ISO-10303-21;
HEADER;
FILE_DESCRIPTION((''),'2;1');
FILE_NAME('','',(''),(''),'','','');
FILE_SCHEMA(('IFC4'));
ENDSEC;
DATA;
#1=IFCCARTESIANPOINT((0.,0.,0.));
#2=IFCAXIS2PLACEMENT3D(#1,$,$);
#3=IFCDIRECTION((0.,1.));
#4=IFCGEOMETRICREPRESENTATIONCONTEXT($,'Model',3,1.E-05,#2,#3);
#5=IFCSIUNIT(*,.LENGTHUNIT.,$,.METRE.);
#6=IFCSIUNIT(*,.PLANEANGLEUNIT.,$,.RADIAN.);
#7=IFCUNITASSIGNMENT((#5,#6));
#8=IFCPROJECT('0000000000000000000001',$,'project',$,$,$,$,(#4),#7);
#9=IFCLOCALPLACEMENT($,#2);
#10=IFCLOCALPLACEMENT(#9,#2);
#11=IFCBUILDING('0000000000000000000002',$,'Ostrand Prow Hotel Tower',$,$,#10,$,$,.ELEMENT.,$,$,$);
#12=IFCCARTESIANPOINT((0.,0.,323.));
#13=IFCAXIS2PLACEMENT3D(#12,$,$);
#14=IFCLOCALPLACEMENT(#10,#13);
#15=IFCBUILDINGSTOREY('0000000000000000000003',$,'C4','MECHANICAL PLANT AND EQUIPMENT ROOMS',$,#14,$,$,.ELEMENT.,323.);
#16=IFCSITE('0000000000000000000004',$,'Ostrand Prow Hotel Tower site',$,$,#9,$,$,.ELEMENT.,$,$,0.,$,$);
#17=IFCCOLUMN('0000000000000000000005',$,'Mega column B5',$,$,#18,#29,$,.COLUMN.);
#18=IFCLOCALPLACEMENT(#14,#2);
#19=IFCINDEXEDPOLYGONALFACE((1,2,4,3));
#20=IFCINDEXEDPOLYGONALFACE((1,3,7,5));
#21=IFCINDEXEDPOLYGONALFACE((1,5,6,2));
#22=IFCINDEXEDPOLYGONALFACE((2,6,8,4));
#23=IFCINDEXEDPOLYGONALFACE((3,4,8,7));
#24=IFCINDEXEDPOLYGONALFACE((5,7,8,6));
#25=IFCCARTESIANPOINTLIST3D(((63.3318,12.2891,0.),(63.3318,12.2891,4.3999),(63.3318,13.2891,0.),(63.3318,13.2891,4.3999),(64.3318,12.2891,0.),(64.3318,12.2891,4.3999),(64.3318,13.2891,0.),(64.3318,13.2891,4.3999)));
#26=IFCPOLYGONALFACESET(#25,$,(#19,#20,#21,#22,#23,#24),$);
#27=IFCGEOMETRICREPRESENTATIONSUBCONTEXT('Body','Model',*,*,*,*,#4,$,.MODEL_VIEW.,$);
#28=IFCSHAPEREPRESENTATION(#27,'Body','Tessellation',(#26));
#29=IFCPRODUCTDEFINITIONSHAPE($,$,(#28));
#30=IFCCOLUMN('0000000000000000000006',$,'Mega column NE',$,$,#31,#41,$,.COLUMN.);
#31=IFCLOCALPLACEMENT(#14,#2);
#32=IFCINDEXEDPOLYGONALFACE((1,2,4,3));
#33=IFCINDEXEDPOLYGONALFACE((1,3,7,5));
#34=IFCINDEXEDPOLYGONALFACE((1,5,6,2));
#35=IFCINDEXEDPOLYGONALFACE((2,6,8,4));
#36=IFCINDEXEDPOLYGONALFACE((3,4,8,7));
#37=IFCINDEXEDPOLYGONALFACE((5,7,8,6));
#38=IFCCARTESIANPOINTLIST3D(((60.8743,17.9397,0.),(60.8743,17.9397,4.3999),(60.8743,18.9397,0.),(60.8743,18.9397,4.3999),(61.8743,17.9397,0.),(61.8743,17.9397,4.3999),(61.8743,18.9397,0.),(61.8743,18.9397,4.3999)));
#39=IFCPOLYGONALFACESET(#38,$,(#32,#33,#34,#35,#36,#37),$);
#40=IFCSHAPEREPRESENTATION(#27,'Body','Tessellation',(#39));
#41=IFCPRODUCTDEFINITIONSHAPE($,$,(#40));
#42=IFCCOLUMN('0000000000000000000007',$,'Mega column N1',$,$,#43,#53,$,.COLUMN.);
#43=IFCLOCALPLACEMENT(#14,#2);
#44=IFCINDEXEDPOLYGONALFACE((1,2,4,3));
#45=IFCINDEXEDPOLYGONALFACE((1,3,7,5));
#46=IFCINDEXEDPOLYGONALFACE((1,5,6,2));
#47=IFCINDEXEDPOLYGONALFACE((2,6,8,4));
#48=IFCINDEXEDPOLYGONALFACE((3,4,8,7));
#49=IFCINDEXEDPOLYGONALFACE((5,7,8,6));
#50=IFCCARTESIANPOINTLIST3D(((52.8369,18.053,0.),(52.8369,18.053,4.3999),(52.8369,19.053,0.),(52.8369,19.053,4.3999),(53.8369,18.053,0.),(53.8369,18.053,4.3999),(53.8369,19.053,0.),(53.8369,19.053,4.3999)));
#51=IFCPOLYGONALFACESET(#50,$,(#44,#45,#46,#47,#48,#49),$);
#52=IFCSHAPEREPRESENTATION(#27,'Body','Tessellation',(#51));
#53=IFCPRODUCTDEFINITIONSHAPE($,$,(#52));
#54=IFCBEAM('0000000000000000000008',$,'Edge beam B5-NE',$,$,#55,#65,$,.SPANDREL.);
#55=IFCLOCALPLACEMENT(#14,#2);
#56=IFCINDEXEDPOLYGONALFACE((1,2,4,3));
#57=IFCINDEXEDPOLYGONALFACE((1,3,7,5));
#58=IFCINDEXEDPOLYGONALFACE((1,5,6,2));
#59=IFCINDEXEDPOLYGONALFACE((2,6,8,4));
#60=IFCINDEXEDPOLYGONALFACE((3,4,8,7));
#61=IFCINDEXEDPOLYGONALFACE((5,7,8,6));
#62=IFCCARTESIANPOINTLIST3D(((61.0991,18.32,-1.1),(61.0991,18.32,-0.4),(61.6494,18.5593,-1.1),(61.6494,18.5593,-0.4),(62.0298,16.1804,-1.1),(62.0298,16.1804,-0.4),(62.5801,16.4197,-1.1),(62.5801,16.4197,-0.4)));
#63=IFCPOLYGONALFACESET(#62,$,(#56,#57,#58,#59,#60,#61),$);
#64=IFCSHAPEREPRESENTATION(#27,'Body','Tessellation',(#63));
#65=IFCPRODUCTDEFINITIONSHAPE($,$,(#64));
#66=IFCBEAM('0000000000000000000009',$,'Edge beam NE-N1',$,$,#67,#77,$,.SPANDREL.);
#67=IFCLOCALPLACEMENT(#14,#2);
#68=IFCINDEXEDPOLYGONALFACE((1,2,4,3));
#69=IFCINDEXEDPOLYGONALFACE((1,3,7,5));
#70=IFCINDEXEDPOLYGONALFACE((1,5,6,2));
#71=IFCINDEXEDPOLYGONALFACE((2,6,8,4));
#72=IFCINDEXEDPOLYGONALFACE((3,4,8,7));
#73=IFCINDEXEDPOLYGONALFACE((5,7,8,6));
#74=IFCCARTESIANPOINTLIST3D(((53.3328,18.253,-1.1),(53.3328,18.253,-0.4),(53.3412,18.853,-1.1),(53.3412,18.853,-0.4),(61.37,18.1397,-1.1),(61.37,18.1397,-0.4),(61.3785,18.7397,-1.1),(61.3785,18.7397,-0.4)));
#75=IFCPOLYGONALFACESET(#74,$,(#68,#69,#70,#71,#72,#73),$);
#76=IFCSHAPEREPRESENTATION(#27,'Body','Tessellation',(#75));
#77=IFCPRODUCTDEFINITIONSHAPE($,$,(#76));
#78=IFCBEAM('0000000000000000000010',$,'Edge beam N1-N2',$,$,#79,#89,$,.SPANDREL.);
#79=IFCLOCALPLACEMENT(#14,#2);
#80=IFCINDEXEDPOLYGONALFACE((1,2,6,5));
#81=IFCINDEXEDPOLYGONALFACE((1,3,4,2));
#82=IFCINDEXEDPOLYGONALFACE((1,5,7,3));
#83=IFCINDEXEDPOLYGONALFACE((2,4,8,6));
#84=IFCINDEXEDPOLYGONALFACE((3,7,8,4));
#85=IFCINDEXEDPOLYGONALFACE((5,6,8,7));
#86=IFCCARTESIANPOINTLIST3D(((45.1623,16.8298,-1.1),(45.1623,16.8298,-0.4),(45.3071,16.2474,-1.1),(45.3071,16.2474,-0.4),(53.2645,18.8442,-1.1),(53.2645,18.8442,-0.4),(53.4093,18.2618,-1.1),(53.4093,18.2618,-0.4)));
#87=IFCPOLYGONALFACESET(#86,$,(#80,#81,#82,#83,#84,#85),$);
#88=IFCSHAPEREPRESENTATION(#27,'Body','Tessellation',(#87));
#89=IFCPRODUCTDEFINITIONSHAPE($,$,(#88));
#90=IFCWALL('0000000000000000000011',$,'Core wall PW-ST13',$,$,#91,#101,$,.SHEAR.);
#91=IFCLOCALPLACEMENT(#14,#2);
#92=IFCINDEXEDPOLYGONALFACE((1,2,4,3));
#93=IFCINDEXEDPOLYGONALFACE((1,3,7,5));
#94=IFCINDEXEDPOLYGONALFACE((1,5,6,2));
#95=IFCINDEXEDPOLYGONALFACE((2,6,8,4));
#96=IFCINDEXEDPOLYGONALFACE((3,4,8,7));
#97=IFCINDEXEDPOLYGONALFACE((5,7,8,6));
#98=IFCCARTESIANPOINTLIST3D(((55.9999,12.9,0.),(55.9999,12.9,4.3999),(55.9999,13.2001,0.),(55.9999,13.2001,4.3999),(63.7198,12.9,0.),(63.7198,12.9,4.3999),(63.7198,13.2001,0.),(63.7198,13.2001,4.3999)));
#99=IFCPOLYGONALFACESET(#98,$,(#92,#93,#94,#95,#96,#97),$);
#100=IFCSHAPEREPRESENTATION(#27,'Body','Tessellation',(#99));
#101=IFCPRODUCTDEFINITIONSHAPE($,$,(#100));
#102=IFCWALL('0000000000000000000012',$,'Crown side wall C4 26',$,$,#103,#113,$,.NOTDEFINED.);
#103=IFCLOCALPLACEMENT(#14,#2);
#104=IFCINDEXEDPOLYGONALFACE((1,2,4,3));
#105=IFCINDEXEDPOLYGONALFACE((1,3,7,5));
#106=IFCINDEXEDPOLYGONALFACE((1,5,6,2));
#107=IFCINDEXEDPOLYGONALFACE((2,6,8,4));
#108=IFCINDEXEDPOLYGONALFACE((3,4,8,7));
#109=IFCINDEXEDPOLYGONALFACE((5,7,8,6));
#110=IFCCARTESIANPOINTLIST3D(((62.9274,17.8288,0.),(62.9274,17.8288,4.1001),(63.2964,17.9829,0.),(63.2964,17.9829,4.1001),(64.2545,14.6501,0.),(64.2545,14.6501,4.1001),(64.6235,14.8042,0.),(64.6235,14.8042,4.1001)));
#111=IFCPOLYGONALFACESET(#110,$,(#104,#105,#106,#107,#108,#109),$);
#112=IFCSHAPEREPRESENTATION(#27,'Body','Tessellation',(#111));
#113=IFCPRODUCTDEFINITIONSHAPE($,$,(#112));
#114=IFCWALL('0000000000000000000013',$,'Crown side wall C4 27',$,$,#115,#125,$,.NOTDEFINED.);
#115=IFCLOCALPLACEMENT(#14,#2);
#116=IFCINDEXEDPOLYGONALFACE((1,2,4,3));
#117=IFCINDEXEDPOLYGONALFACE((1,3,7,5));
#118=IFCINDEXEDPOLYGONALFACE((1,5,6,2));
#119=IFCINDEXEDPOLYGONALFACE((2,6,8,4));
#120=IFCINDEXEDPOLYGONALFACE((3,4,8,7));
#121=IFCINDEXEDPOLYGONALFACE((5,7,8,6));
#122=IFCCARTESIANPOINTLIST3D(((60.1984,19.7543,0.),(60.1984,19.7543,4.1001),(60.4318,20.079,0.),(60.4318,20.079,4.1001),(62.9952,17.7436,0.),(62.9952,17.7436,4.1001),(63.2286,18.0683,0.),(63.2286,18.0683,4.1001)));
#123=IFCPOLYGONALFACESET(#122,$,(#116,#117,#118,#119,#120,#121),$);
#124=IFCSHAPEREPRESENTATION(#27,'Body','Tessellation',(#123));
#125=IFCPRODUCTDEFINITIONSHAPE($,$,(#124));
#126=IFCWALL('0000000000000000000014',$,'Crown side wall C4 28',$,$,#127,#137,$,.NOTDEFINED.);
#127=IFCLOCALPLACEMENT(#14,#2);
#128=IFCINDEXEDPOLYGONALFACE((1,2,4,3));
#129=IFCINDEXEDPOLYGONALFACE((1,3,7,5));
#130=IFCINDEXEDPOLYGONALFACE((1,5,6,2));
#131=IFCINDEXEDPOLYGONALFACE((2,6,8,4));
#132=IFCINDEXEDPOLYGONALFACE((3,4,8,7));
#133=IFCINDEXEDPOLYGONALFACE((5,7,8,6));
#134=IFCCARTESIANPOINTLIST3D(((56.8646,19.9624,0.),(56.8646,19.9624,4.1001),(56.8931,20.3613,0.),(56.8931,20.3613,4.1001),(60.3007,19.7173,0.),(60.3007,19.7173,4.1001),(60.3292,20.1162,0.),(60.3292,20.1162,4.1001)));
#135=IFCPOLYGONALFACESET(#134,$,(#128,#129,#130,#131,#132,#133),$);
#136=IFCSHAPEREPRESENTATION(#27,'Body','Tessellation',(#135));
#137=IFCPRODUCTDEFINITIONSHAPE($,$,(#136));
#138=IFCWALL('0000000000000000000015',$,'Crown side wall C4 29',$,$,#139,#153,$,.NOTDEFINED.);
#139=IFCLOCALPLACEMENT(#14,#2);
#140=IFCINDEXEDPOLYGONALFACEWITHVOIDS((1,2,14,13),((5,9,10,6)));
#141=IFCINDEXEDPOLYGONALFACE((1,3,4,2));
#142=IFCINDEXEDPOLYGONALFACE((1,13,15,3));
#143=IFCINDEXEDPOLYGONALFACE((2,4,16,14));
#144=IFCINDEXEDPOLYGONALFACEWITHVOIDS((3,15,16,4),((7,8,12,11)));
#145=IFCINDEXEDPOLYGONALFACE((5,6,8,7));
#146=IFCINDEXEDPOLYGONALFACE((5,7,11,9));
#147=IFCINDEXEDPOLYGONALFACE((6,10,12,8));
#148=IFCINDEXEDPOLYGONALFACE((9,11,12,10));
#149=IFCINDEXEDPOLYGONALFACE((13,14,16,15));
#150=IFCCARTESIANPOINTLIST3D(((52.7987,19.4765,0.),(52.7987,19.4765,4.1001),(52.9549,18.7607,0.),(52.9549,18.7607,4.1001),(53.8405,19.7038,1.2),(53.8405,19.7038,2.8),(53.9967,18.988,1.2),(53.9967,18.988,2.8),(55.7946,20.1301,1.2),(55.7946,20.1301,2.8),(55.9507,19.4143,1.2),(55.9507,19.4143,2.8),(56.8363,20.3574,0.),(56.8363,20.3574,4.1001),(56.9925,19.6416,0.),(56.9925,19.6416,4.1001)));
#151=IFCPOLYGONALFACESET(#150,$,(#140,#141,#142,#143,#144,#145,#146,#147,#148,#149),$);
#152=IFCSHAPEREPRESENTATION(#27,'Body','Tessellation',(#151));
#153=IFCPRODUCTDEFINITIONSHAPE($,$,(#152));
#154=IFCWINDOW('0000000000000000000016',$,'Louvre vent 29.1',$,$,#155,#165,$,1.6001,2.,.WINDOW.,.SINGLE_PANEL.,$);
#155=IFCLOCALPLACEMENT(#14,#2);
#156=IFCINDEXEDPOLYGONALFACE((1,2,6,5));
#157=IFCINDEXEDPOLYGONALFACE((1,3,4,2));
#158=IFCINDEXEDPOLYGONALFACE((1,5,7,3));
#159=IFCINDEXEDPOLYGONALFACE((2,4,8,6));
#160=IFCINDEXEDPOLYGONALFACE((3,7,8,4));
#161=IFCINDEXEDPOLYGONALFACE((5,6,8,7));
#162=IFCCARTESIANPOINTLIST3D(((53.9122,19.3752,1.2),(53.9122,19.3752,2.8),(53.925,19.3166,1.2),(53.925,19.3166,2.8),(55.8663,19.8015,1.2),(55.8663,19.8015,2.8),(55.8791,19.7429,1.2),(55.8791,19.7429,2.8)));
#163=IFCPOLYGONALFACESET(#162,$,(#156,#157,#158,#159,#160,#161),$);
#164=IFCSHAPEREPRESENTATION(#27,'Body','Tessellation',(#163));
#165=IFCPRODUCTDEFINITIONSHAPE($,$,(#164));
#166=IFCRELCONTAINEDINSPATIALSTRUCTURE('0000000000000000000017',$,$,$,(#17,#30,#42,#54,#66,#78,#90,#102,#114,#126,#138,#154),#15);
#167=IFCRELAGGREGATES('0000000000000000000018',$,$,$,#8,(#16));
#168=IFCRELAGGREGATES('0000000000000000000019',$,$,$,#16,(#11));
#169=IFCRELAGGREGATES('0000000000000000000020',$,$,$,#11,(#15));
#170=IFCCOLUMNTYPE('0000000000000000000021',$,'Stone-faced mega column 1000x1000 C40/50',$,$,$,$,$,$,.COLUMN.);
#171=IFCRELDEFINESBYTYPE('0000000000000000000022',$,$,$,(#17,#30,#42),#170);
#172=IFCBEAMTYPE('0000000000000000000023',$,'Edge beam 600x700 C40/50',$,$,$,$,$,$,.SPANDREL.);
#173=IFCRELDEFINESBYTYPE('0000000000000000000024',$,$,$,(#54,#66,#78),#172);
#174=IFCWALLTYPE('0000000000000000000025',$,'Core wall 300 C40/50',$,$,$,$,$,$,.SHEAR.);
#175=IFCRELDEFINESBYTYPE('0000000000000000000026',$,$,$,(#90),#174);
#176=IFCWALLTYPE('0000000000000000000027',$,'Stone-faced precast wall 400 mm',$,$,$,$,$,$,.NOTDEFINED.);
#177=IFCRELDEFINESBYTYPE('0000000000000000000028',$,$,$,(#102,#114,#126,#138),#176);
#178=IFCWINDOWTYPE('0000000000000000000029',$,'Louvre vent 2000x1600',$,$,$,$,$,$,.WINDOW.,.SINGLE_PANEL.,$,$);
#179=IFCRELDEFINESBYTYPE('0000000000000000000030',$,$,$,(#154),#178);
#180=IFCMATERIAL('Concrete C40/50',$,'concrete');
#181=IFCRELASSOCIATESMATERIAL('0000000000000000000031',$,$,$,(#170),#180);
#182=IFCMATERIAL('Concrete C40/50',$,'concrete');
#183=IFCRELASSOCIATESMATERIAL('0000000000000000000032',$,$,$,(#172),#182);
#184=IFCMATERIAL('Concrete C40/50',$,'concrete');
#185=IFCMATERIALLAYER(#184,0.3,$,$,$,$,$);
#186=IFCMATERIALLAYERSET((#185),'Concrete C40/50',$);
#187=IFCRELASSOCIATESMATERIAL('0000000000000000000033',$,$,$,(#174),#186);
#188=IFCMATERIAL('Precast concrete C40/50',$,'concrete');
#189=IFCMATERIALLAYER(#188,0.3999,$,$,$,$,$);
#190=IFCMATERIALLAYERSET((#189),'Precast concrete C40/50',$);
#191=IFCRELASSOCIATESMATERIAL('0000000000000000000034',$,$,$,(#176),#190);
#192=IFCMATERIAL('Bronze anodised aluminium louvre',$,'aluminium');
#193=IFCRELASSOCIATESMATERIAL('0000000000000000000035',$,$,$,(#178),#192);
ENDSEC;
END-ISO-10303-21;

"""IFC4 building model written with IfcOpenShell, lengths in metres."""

from ifc_helpers import new_model, si_unit, direction, frame, frame_2d, origin, origin_2d, place, context, subcontext, project, spatial, rectangle, extrude, material, layer, layer_set, material_profile, profile_set, type_object, element, fill, save


model = new_model("IFC4")

# Units and contexts
model_context = context("Model", 3, precision=1e-05, world=origin(), true_north=direction((0.0, 1.0)))
body_context = subcontext(model_context, "Body", "Model", "MODEL_VIEW")
ifc_project = project(units=[si_unit("LENGTHUNIT", "METRE"), si_unit("PLANEANGLEUNIT", "RADIAN")], contexts=[model_context])

# Site, building, storey
site_placement = place(None, origin())
site = spatial("IfcSite", under=ifc_project, at=site_placement, Name="Ostrand Prow Hotel Tower site", CompositionType="ELEMENT", RefElevation=0.0)
building_placement = place(site_placement, origin())
building = spatial("IfcBuilding", under=site, at=building_placement, Name="Ostrand Prow Hotel Tower", CompositionType="ELEMENT")
storey_placement = place(building_placement, frame((0.0, 0.0, 323.0)))
storey = spatial("IfcBuildingStorey", under=building, at=storey_placement, Name="C4", Description="MECHANICAL PLANT AND EQUIPMENT ROOMS", CompositionType="ELEMENT", Elevation=323.0)

# Columns
ifc_material_1 = material(Name="Concrete C40/50", Category="concrete")
ifc_material_profile_1 = material_profile(ifc_material_1, rectangle(XDim=1.0, YDim=1.0, at=origin_2d()), Name="RC 1000x1000")
ifc_profile_set_1 = profile_set([ifc_material_profile_1], Name="Concrete C40/50")
column_type = type_object("IfcColumnType", Name="Stone-faced mega column 1000x1000 C40/50", PredefinedType="COLUMN", material=ifc_profile_set_1)
for number, where, z_axis, x_axis, name in (
    (1, (63.8318, 12.7891, 0.0), (0.0, 0.0, 1.0), (1.0, 0.0, 0.0), "Mega column B5"),
    (2, (61.3743, 18.4397, 0.0), (0.0, 0.0, 1.0), (1.0, 0.0, 0.0), "Mega column NE"),
    (3, (53.3369, 18.553, 0.0), (0.0, 0.0, 1.0), (1.0, 0.0, 0.0), "Mega column N1"),
):
    element("IfcColumn", number, at=place(storey_placement, frame(where, z_axis=z_axis, x_axis=x_axis)), inside=storey, type_object=column_type, Name=name, PredefinedType="COLUMN", context=body_context, shape_type="SweptSolid", body=[
        extrude(rectangle(XDim=1.0, YDim=1.0, at=origin_2d()), origin(), (0.0, 0.0, 1.0), 4.3999),
    ])

# Beams
ifc_material_2 = material(Name="Concrete C40/50", Category="concrete")
ifc_material_profile_2 = material_profile(ifc_material_2, rectangle(XDim=0.6001, YDim=0.7, at=origin_2d()), Name="RC 600x700")
ifc_profile_set_2 = profile_set([ifc_material_profile_2], Name="Concrete C40/50")
beam_type = type_object("IfcBeamType", Name="Edge beam 600x700 C40/50", PredefinedType="SPANDREL", material=ifc_profile_set_2)
beam_1_placement = place(storey_placement, frame((62.3049, 16.3, -0.75), z_axis=(-0.398864, 0.91701, 0.0), x_axis=(-0.91701, -0.398864, 0.0)))
element("IfcBeam", 4, at=beam_1_placement, inside=storey, type_object=beam_type, Name="Edge beam B5-NE", PredefinedType="SPANDREL", context=body_context, shape_type="SweptSolid", body=[
    extrude(rectangle(XDim=0.6001, YDim=0.7, at=origin_2d()), origin(), (0.0, 0.0, 1.0), 2.3333),
])
beam_2_placement = place(storey_placement, frame((61.3743, 18.4397, -0.75), z_axis=(-0.999901, 0.014093, 0.0), x_axis=(-0.014093, -0.999901, 0.0)))
element("IfcBeam", 5, at=beam_2_placement, inside=storey, type_object=beam_type, Name="Edge beam NE-N1", PredefinedType="SPANDREL", context=body_context, shape_type="SweptSolid", body=[
    extrude(rectangle(XDim=0.6001, YDim=0.7, at=origin_2d()), origin(), (0.0, 0.0, 1.0), 8.0381),
])
beam_3_placement = place(storey_placement, frame((53.3369, 18.553, -0.75), z_axis=(-0.970456, -0.241276, 0.0), x_axis=(0.241276, -0.970456, 0.0)))
element("IfcBeam", 6, at=beam_3_placement, inside=storey, type_object=beam_type, Name="Edge beam N1-N2", PredefinedType="SPANDREL", context=body_context, shape_type="SweptSolid", body=[
    extrude(rectangle(XDim=0.6001, YDim=0.7, at=origin_2d()), origin(), (0.0, 0.0, 1.0), 8.3489),
])

# Walls
ifc_material_3 = material(Name="Concrete C40/50", Category="concrete")
ifc_layer_1 = layer(ifc_material_3, 0.3)
ifc_layer_set_1 = layer_set([ifc_layer_1], Name="Concrete C40/50")
wall_type_1 = type_object("IfcWallType", Name="Core wall 300 C40/50", PredefinedType="SHEAR", material=ifc_layer_set_1)
wall_1_placement = place(storey_placement, frame((56.0, 13.05, 0.0), z_axis=(0.0, 0.0, 1.0), x_axis=(1.0, 0.0, 0.0)))
element("IfcWall", 7, at=wall_1_placement, inside=storey, type_object=wall_type_1, Name="Core wall PW-ST13", PredefinedType="SHEAR", context=body_context, shape_type="SweptSolid", body=[
    extrude(rectangle(XDim=7.72, YDim=0.3, at=frame_2d((3.8599, 0.0))), origin(), (0.0, 0.0, 1.0), 4.3999),
])
ifc_material_4 = material(Name="Precast concrete C40/50", Category="concrete")
ifc_layer_2 = layer(ifc_material_4, 0.3999)
ifc_layer_set_2 = layer_set([ifc_layer_2], Name="Precast concrete C40/50")
wall_type_2 = type_object("IfcWallType", Name="Stone-faced precast wall 400 mm", PredefinedType="NOTDEFINED", material=ifc_layer_set_2)
for number, where, z_axis, x_axis, name in (
    (8, (64.439, 14.7273, 0.0), (0.0, 0.0, 1.0), (-0.38528, 0.9228, 0.0), "Crown side wall C4 26"),
    (9, (63.1118, 17.906, 0.0), (0.0, 0.0, 1.0), (-0.811948, 0.58373, 0.0), "Crown side wall C4 27"),
):
    element("IfcWall", number, at=place(storey_placement, frame(where, z_axis=z_axis, x_axis=x_axis)), inside=storey, type_object=wall_type_2, Name=name, PredefinedType="NOTDEFINED", context=body_context, shape_type="SweptSolid", body=[
        extrude(rectangle(XDim=3.4446, YDim=0.3999, at=frame_2d((1.7222, 0.0))), origin(), (0.0, 0.0, 1.0), 4.1001),
    ])
wall_2_placement = place(storey_placement, frame((60.3149, 19.9167, 0.0), z_axis=(0.0, 0.0, 1.0), x_axis=(-0.997465, 0.071156, 0.0)))
element("IfcWall", 10, at=wall_2_placement, inside=storey, type_object=wall_type_2, Name="Crown side wall C4 28", PredefinedType="NOTDEFINED", context=body_context, shape_type="SweptSolid", body=[
    extrude(rectangle(XDim=3.4448, YDim=0.3999, at=frame_2d((1.7224, 0.0))), origin(), (0.0, 0.0, 1.0), 4.1001),
])

# Wall, opening, window
wall_3_placement = place(storey_placement, frame((56.9146, 19.9995, 0.0), z_axis=(0.0, 0.0, 1.0), x_axis=(-0.977019, -0.213151, 0.0)))
wall_3 = element("IfcWall", 11, at=wall_3_placement, inside=storey, type_object=wall_type_2, Name="Crown side wall C4 29", PredefinedType="NOTDEFINED", context=body_context, shape_type="SweptSolid", body=[
    extrude(rectangle(XDim=4.1326, YDim=0.7327, at=frame_2d((2.0664, 0.0))), origin(), (0.0, 0.0, 1.0), 4.1001),
])
opening_1_placement = place(wall_3_placement, frame((1.0664, 0.0, 1.2)))
opening_1 = element("IfcOpeningElement", 12, at=opening_1_placement, cuts=wall_3, PredefinedType="OPENING", context=body_context, shape_type="SweptSolid", body=[
    extrude(rectangle(XDim=2.0, YDim=1.6001, at=frame_2d((1.0, 0.8))), frame((0.0, 0.3762, 0.0), z_axis=(0.0, -1.0, 0.0), x_axis=(1.0, 0.0, 0.0)), (0.0, 0.0, 1.0), 0.7527),
])
ifc_material_5 = material(Name="Bronze anodised aluminium louvre", Category="aluminium")
window_type = type_object("IfcWindowType", Name="Louvre vent 2000x1600", PartitioningType="SINGLE_PANEL", PredefinedType="WINDOW", material=ifc_material_5)
window_1_placement = place(opening_1_placement, origin())
window_1 = element("IfcWindow", 13, at=window_1_placement, inside=storey, type_object=window_type, Name="Louvre vent 29.1", OverallHeight=1.6001, OverallWidth=2.0, PartitioningType="SINGLE_PANEL", PredefinedType="WINDOW", context=body_context, shape_type="SweptSolid", body=[
    extrude(rectangle(XDim=2.0, YDim=1.6001, at=frame_2d((1.0, 0.8))), frame((0.0, 0.03, 0.0), z_axis=(0.0, -1.0, 0.0), x_axis=(1.0, 0.0, 0.0)), (0.0, 0.0, 1.0), 0.0601),
])
fill(opening_1, window_1)

save(model, "model.ifc")
